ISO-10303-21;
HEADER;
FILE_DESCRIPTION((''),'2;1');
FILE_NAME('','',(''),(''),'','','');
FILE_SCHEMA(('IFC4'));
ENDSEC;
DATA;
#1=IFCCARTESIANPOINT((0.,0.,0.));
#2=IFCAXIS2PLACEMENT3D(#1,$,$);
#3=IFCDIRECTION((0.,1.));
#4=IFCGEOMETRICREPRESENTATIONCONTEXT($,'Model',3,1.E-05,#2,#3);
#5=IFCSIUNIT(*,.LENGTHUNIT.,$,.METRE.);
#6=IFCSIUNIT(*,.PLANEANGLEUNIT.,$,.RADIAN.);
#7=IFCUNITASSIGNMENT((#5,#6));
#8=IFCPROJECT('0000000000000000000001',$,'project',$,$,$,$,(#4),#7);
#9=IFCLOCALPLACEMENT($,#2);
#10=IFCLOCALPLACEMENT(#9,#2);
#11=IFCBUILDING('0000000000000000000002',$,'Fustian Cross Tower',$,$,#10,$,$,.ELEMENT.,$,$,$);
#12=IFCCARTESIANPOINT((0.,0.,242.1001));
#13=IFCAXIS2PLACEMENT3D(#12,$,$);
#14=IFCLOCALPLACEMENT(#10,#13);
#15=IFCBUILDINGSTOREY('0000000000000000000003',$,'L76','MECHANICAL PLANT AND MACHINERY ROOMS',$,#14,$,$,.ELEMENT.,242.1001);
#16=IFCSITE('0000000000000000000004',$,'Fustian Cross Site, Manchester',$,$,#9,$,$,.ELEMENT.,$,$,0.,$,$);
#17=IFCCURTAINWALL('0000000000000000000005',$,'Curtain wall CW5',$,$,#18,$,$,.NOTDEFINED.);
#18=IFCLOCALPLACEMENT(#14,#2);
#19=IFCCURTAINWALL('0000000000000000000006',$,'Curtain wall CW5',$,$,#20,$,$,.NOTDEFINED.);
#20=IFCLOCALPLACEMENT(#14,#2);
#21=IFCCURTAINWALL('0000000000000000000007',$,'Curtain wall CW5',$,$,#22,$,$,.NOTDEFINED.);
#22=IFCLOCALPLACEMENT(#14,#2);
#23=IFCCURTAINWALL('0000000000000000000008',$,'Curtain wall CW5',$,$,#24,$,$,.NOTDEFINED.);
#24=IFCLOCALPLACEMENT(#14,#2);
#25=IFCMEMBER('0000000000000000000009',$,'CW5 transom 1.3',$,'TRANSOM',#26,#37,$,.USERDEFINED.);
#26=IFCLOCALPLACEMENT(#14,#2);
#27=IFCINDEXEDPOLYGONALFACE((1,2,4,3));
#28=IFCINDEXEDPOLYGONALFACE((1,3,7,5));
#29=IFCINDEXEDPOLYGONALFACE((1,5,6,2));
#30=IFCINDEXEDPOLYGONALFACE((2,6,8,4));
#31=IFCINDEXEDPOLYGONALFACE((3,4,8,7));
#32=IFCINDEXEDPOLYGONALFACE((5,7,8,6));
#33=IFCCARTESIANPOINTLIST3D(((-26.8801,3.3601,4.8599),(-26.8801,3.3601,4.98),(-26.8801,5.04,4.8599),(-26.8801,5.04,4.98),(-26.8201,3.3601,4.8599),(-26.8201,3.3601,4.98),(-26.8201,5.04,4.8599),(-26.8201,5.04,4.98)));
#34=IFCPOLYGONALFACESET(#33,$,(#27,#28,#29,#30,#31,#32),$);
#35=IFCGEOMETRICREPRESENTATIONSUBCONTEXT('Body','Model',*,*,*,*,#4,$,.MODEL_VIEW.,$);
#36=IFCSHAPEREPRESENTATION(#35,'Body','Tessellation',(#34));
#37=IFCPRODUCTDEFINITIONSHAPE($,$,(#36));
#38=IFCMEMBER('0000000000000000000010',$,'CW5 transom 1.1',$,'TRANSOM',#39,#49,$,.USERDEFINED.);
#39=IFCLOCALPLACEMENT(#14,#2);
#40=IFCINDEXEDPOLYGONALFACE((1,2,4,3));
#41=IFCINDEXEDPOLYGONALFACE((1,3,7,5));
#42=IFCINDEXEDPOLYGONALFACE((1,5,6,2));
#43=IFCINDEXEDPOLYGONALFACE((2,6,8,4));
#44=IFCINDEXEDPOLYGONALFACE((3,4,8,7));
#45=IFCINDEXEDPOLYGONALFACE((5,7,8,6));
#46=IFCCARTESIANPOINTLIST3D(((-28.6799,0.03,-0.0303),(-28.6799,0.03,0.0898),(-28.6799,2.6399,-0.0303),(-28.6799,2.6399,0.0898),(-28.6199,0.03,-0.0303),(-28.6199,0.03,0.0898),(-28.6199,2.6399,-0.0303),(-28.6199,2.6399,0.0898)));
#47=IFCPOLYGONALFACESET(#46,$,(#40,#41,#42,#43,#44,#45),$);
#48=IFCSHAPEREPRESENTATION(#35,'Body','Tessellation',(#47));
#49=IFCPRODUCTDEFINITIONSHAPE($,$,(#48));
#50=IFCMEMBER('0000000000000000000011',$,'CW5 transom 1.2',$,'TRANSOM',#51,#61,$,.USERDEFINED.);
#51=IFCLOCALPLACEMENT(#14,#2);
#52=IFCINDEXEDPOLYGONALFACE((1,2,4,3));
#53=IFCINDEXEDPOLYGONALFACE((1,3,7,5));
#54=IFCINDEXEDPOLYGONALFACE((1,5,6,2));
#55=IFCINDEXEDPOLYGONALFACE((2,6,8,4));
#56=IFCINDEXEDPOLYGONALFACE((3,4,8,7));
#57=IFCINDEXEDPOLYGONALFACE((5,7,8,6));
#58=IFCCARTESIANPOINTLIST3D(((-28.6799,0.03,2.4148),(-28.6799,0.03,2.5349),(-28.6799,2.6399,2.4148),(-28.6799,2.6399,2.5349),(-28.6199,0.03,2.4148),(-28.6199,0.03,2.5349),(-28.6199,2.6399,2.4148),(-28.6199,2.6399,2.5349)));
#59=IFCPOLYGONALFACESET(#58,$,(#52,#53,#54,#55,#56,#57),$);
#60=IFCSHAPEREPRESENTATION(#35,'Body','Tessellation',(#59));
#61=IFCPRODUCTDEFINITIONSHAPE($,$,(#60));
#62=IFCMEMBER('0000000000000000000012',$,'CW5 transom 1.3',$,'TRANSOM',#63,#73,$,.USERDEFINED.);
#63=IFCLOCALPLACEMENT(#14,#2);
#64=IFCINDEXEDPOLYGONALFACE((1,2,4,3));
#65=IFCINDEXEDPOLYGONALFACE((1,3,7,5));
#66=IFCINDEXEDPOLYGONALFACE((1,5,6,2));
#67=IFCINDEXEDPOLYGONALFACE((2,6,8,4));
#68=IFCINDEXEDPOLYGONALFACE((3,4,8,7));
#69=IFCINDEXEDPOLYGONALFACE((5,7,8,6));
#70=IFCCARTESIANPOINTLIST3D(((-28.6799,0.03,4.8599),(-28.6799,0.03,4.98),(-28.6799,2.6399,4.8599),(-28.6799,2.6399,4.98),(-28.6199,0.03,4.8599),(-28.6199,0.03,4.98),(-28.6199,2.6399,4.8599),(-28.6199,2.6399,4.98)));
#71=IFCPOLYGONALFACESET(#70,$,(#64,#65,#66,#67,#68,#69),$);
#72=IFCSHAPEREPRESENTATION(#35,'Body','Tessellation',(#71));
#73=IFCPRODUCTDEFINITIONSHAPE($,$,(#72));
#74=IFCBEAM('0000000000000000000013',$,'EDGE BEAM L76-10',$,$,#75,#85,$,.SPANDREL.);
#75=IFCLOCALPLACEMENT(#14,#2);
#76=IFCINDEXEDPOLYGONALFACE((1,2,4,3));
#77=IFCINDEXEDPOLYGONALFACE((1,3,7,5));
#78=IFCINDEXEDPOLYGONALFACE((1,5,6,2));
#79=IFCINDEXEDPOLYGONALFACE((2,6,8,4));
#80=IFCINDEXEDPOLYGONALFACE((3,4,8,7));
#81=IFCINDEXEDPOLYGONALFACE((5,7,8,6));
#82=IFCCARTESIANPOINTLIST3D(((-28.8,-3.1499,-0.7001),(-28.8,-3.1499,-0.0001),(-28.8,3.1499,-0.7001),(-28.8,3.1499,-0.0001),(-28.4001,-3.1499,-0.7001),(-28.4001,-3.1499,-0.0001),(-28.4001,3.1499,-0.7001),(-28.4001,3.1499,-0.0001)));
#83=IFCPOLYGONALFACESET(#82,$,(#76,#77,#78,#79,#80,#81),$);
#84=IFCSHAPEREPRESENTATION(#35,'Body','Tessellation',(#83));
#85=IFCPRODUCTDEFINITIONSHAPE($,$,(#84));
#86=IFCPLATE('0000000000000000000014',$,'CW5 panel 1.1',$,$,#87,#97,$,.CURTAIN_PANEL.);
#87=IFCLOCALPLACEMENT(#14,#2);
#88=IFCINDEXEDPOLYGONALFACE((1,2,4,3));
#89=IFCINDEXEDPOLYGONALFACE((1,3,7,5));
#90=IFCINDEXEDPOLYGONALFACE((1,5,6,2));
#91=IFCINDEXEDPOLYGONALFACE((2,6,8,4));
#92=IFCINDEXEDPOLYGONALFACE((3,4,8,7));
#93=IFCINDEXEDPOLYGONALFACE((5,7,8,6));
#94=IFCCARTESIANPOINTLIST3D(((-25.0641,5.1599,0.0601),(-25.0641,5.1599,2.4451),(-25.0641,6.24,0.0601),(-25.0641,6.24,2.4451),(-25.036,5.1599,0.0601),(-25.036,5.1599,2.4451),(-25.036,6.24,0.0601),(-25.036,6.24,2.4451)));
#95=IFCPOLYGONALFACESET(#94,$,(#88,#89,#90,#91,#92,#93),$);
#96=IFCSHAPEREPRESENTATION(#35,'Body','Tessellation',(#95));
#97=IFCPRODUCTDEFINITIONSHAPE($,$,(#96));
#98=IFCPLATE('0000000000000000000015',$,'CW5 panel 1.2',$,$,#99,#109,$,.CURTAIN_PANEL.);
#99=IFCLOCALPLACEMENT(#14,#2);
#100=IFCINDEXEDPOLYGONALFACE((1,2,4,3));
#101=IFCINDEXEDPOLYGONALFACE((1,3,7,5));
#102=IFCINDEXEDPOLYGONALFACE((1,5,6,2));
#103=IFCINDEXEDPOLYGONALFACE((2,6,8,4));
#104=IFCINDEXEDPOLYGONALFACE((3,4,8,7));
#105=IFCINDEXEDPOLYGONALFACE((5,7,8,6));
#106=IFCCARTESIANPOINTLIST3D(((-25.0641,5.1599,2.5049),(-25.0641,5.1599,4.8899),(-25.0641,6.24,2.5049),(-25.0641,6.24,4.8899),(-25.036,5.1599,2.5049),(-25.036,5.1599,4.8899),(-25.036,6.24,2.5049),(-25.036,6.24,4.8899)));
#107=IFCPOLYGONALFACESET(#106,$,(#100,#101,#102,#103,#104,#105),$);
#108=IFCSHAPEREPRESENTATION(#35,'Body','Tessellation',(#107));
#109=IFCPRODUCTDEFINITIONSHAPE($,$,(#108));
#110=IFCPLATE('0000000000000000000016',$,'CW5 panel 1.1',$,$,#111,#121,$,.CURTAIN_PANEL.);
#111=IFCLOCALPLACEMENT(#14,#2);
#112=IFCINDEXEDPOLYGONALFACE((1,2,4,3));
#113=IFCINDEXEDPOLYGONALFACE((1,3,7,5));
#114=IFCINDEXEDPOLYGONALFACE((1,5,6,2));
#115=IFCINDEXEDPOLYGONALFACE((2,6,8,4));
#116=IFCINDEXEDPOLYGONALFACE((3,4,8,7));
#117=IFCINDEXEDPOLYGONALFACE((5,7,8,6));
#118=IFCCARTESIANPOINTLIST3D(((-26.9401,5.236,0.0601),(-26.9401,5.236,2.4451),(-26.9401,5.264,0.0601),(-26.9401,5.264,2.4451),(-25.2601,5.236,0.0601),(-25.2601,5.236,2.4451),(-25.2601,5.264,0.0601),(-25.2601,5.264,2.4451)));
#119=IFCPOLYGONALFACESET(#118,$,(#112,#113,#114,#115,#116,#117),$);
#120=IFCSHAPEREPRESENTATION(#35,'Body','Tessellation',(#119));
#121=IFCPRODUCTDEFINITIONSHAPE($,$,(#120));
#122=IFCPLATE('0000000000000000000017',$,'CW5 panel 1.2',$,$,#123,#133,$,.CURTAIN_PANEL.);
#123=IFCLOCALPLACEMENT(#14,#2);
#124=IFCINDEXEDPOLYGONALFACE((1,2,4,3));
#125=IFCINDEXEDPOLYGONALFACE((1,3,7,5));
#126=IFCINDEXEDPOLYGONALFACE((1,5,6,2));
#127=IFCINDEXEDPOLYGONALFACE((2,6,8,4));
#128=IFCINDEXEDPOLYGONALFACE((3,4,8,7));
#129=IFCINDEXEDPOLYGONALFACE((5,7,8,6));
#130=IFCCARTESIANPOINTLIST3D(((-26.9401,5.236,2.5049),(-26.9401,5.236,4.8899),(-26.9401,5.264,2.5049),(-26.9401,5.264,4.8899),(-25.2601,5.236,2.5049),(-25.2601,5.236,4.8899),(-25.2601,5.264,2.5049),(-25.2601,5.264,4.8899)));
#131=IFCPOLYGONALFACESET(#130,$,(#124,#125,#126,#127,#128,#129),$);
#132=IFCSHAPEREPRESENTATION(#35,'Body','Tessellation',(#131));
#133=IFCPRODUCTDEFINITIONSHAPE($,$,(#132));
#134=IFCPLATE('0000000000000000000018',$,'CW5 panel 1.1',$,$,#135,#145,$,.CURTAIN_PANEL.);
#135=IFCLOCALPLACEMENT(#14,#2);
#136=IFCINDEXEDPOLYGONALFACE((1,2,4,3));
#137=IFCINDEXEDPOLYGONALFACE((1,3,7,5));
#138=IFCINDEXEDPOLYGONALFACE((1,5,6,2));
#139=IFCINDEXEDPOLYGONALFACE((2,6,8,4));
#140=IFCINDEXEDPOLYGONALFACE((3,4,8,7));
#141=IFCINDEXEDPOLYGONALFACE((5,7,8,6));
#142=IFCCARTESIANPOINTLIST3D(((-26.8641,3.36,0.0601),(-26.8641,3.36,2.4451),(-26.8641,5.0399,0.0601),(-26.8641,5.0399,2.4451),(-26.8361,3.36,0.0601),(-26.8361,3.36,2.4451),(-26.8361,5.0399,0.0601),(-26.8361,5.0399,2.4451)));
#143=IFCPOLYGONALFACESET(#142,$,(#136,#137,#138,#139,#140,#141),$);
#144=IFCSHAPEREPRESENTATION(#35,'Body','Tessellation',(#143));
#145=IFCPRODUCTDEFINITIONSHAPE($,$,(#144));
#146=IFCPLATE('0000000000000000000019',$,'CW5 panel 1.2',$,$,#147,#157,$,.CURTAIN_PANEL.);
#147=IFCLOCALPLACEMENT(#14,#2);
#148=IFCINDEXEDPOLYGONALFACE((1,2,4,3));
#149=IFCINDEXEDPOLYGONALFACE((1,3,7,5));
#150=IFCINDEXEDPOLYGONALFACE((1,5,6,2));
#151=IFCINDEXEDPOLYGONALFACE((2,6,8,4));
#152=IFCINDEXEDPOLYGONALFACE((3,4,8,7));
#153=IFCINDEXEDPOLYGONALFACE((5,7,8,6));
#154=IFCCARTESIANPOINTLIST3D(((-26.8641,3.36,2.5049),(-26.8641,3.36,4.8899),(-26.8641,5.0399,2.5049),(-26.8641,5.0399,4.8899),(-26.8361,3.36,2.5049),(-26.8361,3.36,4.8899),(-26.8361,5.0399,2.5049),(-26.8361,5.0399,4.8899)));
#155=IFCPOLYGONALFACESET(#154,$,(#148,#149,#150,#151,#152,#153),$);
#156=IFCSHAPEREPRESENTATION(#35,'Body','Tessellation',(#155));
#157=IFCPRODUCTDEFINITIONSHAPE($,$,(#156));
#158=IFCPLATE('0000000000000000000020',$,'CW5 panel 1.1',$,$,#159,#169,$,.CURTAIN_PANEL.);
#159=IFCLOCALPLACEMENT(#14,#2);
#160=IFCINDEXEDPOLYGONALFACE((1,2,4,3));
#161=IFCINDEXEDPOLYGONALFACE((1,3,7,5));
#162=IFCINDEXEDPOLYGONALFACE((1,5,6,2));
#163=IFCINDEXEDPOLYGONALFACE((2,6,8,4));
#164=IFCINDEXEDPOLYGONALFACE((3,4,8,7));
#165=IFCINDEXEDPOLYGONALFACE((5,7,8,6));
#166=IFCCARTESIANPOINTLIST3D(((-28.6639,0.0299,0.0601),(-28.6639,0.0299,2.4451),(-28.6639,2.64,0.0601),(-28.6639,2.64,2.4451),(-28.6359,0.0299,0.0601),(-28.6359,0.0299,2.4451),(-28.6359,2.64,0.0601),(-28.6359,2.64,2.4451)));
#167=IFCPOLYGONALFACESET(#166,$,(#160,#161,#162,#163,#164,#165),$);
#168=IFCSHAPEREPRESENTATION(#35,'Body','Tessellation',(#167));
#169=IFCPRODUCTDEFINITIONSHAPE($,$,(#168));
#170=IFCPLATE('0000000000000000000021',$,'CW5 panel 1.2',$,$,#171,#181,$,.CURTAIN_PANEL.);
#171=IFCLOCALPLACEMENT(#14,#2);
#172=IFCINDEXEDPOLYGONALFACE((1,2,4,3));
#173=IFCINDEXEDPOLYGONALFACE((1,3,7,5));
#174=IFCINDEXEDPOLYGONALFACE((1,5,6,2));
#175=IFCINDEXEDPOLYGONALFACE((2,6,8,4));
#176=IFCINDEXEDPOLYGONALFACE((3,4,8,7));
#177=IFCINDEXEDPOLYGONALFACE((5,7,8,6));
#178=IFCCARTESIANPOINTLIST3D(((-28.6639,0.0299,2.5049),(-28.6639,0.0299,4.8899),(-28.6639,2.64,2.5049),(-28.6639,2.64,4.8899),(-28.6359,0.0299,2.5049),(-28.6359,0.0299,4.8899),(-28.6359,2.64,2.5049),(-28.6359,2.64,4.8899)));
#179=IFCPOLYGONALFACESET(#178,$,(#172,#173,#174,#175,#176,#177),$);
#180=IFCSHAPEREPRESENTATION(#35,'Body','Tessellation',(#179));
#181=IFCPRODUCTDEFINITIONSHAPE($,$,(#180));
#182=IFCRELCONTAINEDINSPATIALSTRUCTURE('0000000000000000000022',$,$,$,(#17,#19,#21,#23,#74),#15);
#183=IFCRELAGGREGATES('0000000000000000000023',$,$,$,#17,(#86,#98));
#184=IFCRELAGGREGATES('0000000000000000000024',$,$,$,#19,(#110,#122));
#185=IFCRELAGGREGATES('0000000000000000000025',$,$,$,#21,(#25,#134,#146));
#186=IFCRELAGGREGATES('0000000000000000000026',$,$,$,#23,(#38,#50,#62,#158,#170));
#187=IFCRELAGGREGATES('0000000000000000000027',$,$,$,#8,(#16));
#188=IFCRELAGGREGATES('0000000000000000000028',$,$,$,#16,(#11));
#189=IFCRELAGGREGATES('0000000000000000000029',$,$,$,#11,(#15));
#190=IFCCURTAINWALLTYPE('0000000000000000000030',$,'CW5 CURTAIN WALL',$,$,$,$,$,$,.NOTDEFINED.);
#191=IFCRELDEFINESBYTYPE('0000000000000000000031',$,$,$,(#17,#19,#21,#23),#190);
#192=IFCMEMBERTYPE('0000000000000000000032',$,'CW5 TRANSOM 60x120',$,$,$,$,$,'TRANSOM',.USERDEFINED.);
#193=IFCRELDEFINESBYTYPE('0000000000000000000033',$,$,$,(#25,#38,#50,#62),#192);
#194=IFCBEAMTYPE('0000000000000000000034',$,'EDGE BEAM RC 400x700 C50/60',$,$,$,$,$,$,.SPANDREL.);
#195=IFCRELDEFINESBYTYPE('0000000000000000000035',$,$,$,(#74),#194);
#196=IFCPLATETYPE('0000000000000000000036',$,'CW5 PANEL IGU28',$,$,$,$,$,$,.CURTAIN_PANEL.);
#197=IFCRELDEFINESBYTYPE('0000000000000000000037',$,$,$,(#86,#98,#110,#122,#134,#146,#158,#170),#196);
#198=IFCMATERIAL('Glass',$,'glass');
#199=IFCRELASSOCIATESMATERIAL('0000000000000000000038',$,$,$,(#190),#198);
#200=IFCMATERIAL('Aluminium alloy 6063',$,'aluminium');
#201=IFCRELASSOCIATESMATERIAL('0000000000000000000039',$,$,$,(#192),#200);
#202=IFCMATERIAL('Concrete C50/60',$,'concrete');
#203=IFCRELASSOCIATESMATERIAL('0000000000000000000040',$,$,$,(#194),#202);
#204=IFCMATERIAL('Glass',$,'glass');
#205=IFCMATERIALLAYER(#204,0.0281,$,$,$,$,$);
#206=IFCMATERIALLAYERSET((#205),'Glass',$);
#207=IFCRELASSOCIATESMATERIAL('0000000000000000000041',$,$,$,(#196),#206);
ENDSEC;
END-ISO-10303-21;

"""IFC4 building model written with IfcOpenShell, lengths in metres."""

from ifc_helpers import new_model, si_unit, direction, frame, origin, origin_2d, place, context, subcontext, project, spatial, rectangle, extrude, material, layer, layer_set, material_profile, profile_set, type_object, element, aggregate, save


model = new_model("IFC4")

# Units and contexts
model_context = context("Model", 3, precision=1e-05, world=origin(), true_north=direction((0.0, 1.0)))
body_context = subcontext(model_context, "Body", "Model", "MODEL_VIEW")
ifc_project = project(units=[si_unit("LENGTHUNIT", "METRE"), si_unit("PLANEANGLEUNIT", "RADIAN")], contexts=[model_context])

# Site, building, storey
site_placement = place(None, origin())
site = spatial("IfcSite", under=ifc_project, at=site_placement, Name="Fustian Cross Site, Manchester", CompositionType="ELEMENT", RefElevation=0.0)
building_placement = place(site_placement, origin())
building = spatial("IfcBuilding", under=site, at=building_placement, Name="Fustian Cross Tower", CompositionType="ELEMENT")
storey_placement = place(building_placement, frame((0.0, 0.0, 242.1001)))
storey = spatial("IfcBuildingStorey", under=building, at=storey_placement, Name="L76", Description="MECHANICAL PLANT AND MACHINERY ROOMS", CompositionType="ELEMENT", Elevation=242.1001)

# Curtain wall
ifc_material_1 = material(Name="Glass", Category="glass")
curtain_wall_type = type_object("IfcCurtainWallType", Name="CW5 CURTAIN WALL", PredefinedType="NOTDEFINED", material=ifc_material_1)
curtain_wall_1_placement = place(storey_placement, origin())
curtain_wall_1 = element("IfcCurtainWall", 1, at=curtain_wall_1_placement, inside=storey, type_object=curtain_wall_type, Name="Curtain wall CW5", PredefinedType="NOTDEFINED")

# Curtain walls
curtain_wall_2_placement = place(storey_placement, origin())
curtain_wall_2 = element("IfcCurtainWall", 2, at=curtain_wall_2_placement, inside=storey, type_object=curtain_wall_type, Name="Curtain wall CW5", PredefinedType="NOTDEFINED")
curtain_wall_3_placement = place(storey_placement, origin())
curtain_wall_3 = element("IfcCurtainWall", 3, at=curtain_wall_3_placement, inside=storey, type_object=curtain_wall_type, Name="Curtain wall CW5", PredefinedType="NOTDEFINED")

# Curtain wall
curtain_wall_4_placement = place(storey_placement, origin())
curtain_wall_4 = element("IfcCurtainWall", 4, at=curtain_wall_4_placement, inside=storey, type_object=curtain_wall_type, Name="Curtain wall CW5", PredefinedType="NOTDEFINED")

# Members
ifc_material_2 = material(Name="Aluminium alloy 6063", Category="aluminium")
ifc_material_profile_1 = material_profile(ifc_material_2, rectangle(XDim=0.0601, YDim=0.1201, at=origin_2d()), Name="CW5 TRANSOM 60x120")
ifc_profile_set_1 = profile_set([ifc_material_profile_1], Name="Aluminium alloy 6063")
member_type_1 = type_object("IfcMemberType", Name="CW5 TRANSOM 60x120", ElementType="TRANSOM", PredefinedType="USERDEFINED", material=ifc_profile_set_1)
member_1_placement = place(storey_placement, frame((-26.8501, 5.04, 4.9199), z_axis=(0.0, -1.0, 0.0), x_axis=(1.0, 0.0, 0.0)))
member_1 = element("IfcMember", 5, at=member_1_placement, type_object=member_type_1, Name="CW5 transom 1.3", ObjectType="TRANSOM", PredefinedType="USERDEFINED", context=body_context, shape_type="SweptSolid", body=[
    extrude(rectangle(XDim=0.0601, YDim=0.1201, at=origin_2d()), origin(), (0.0, 0.0, 1.0), 1.6799),
])
member_2_placement = place(storey_placement, frame((-28.6499, 2.6399, 0.0298), z_axis=(0.0, -1.0, 0.0), x_axis=(1.0, 0.0, 0.0)))
member_2 = element("IfcMember", 6, at=member_2_placement, type_object=member_type_1, Name="CW5 transom 1.1", ObjectType="TRANSOM", PredefinedType="USERDEFINED", context=body_context, shape_type="SweptSolid", body=[
    extrude(rectangle(XDim=0.0601, YDim=0.1201, at=origin_2d()), origin(), (0.0, 0.0, 1.0), 2.6099),
])
member_3_placement = place(storey_placement, frame((-28.6499, 2.6399, 2.4749), z_axis=(0.0, -1.0, 0.0), x_axis=(1.0, 0.0, 0.0)))
member_3 = element("IfcMember", 7, at=member_3_placement, type_object=member_type_1, Name="CW5 transom 1.2", ObjectType="TRANSOM", PredefinedType="USERDEFINED", context=body_context, shape_type="SweptSolid", body=[
    extrude(rectangle(XDim=0.0601, YDim=0.1201, at=origin_2d()), origin(), (0.0, 0.0, 1.0), 2.6099),
])
member_4_placement = place(storey_placement, frame((-28.6499, 2.6399, 4.9199), z_axis=(0.0, -1.0, 0.0), x_axis=(1.0, 0.0, 0.0)))
member_4 = element("IfcMember", 8, at=member_4_placement, type_object=member_type_1, Name="CW5 transom 1.3", ObjectType="TRANSOM", PredefinedType="USERDEFINED", context=body_context, shape_type="SweptSolid", body=[
    extrude(rectangle(XDim=0.0601, YDim=0.1201, at=origin_2d()), origin(), (0.0, 0.0, 1.0), 2.6099),
])

# Beam
ifc_material_3 = material(Name="Concrete C50/60", Category="concrete")
ifc_material_profile_2 = material_profile(ifc_material_3, rectangle(XDim=0.3999, YDim=0.7, at=origin_2d()), Name="RC 400x700")
ifc_profile_set_2 = profile_set([ifc_material_profile_2], Name="Concrete C50/60")
beam_type = type_object("IfcBeamType", Name="EDGE BEAM RC 400x700 C50/60", PredefinedType="SPANDREL", material=ifc_profile_set_2)
beam_placement = place(storey_placement, frame((-28.6001, 3.1499, -0.3501), z_axis=(0.0, -1.0, 0.0), x_axis=(1.0, 0.0, 0.0)))
element("IfcBeam", 9, at=beam_placement, inside=storey, type_object=beam_type, Name="EDGE BEAM L76-10", PredefinedType="SPANDREL", context=body_context, shape_type="SweptSolid", body=[
    extrude(rectangle(XDim=0.3999, YDim=0.7, at=origin_2d()), origin(), (0.0, 0.0, 1.0), 6.2998),
])

# Plates
ifc_material_4 = material(Name="Glass", Category="glass")
ifc_layer_1 = layer(ifc_material_4, 0.0281)
ifc_layer_set_1 = layer_set([ifc_layer_1], Name="Glass")
plate_type = type_object("IfcPlateType", Name="CW5 PANEL IGU28", PredefinedType="CURTAIN_PANEL", material=ifc_layer_set_1)
plate_1_placement = place(storey_placement, frame((-25.05, 5.7, 0.0601), z_axis=(0.0, 0.0, 1.0), x_axis=(0.0, -1.0, 0.0)))
plate_1 = element("IfcPlate", 10, at=plate_1_placement, type_object=plate_type, Name="CW5 panel 1.1", PredefinedType="CURTAIN_PANEL", context=body_context, shape_type="SweptSolid", body=[
    extrude(rectangle(XDim=1.0801, YDim=0.0281, at=origin_2d()), origin(), (0.0, 0.0, 1.0), 2.385),
])
plate_2_placement = place(storey_placement, frame((-25.05, 5.7, 2.5049), z_axis=(0.0, 0.0, 1.0), x_axis=(0.0, -1.0, 0.0)))
plate_2 = element("IfcPlate", 11, at=plate_2_placement, type_object=plate_type, Name="CW5 panel 1.2", PredefinedType="CURTAIN_PANEL", context=body_context, shape_type="SweptSolid", body=[
    extrude(rectangle(XDim=1.0801, YDim=0.0281, at=origin_2d()), origin(), (0.0, 0.0, 1.0), 2.385),
])
aggregate(curtain_wall_1, [plate_1, plate_2])
plate_3_placement = place(storey_placement, frame((-26.1001, 5.25, 0.0601), z_axis=(0.0, 0.0, 1.0), x_axis=(-1.0, 0.0, 0.0)))
plate_3 = element("IfcPlate", 12, at=plate_3_placement, type_object=plate_type, Name="CW5 panel 1.1", PredefinedType="CURTAIN_PANEL", context=body_context, shape_type="SweptSolid", body=[
    extrude(rectangle(XDim=1.6799, YDim=0.0281, at=origin_2d()), origin(), (0.0, 0.0, 1.0), 2.385),
])
plate_4_placement = place(storey_placement, frame((-26.1001, 5.25, 2.5049), z_axis=(0.0, 0.0, 1.0), x_axis=(-1.0, 0.0, 0.0)))
plate_4 = element("IfcPlate", 13, at=plate_4_placement, type_object=plate_type, Name="CW5 panel 1.2", PredefinedType="CURTAIN_PANEL", context=body_context, shape_type="SweptSolid", body=[
    extrude(rectangle(XDim=1.6799, YDim=0.0281, at=origin_2d()), origin(), (0.0, 0.0, 1.0), 2.385),
])
aggregate(curtain_wall_2, [plate_3, plate_4])
plate_5_placement = place(storey_placement, frame((-26.8501, 4.2, 0.0601), z_axis=(0.0, 0.0, 1.0), x_axis=(0.0, -1.0, 0.0)))
plate_5 = element("IfcPlate", 14, at=plate_5_placement, type_object=plate_type, Name="CW5 panel 1.1", PredefinedType="CURTAIN_PANEL", context=body_context, shape_type="SweptSolid", body=[
    extrude(rectangle(XDim=1.6799, YDim=0.0281, at=origin_2d()), origin(), (0.0, 0.0, 1.0), 2.385),
])
plate_6_placement = place(storey_placement, frame((-26.8501, 4.2, 2.5049), z_axis=(0.0, 0.0, 1.0), x_axis=(0.0, -1.0, 0.0)))
plate_6 = element("IfcPlate", 15, at=plate_6_placement, type_object=plate_type, Name="CW5 panel 1.2", PredefinedType="CURTAIN_PANEL", context=body_context, shape_type="SweptSolid", body=[
    extrude(rectangle(XDim=1.6799, YDim=0.0281, at=origin_2d()), origin(), (0.0, 0.0, 1.0), 2.385),
])
aggregate(curtain_wall_3, [member_1, plate_5, plate_6])
plate_7_placement = place(storey_placement, frame((-28.6499, 1.335, 0.0601), z_axis=(0.0, 0.0, 1.0), x_axis=(0.0, -1.0, 0.0)))
plate_7 = element("IfcPlate", 16, at=plate_7_placement, type_object=plate_type, Name="CW5 panel 1.1", PredefinedType="CURTAIN_PANEL", context=body_context, shape_type="SweptSolid", body=[
    extrude(rectangle(XDim=2.6101, YDim=0.0281, at=origin_2d()), origin(), (0.0, 0.0, 1.0), 2.385),
])
plate_8_placement = place(storey_placement, frame((-28.6499, 1.335, 2.5049), z_axis=(0.0, 0.0, 1.0), x_axis=(0.0, -1.0, 0.0)))
plate_8 = element("IfcPlate", 17, at=plate_8_placement, type_object=plate_type, Name="CW5 panel 1.2", PredefinedType="CURTAIN_PANEL", context=body_context, shape_type="SweptSolid", body=[
    extrude(rectangle(XDim=2.6101, YDim=0.0281, at=origin_2d()), origin(), (0.0, 0.0, 1.0), 2.385),
])
aggregate(curtain_wall_4, [member_2, member_3, member_4, plate_7, plate_8])

save(model, "model.ifc")
